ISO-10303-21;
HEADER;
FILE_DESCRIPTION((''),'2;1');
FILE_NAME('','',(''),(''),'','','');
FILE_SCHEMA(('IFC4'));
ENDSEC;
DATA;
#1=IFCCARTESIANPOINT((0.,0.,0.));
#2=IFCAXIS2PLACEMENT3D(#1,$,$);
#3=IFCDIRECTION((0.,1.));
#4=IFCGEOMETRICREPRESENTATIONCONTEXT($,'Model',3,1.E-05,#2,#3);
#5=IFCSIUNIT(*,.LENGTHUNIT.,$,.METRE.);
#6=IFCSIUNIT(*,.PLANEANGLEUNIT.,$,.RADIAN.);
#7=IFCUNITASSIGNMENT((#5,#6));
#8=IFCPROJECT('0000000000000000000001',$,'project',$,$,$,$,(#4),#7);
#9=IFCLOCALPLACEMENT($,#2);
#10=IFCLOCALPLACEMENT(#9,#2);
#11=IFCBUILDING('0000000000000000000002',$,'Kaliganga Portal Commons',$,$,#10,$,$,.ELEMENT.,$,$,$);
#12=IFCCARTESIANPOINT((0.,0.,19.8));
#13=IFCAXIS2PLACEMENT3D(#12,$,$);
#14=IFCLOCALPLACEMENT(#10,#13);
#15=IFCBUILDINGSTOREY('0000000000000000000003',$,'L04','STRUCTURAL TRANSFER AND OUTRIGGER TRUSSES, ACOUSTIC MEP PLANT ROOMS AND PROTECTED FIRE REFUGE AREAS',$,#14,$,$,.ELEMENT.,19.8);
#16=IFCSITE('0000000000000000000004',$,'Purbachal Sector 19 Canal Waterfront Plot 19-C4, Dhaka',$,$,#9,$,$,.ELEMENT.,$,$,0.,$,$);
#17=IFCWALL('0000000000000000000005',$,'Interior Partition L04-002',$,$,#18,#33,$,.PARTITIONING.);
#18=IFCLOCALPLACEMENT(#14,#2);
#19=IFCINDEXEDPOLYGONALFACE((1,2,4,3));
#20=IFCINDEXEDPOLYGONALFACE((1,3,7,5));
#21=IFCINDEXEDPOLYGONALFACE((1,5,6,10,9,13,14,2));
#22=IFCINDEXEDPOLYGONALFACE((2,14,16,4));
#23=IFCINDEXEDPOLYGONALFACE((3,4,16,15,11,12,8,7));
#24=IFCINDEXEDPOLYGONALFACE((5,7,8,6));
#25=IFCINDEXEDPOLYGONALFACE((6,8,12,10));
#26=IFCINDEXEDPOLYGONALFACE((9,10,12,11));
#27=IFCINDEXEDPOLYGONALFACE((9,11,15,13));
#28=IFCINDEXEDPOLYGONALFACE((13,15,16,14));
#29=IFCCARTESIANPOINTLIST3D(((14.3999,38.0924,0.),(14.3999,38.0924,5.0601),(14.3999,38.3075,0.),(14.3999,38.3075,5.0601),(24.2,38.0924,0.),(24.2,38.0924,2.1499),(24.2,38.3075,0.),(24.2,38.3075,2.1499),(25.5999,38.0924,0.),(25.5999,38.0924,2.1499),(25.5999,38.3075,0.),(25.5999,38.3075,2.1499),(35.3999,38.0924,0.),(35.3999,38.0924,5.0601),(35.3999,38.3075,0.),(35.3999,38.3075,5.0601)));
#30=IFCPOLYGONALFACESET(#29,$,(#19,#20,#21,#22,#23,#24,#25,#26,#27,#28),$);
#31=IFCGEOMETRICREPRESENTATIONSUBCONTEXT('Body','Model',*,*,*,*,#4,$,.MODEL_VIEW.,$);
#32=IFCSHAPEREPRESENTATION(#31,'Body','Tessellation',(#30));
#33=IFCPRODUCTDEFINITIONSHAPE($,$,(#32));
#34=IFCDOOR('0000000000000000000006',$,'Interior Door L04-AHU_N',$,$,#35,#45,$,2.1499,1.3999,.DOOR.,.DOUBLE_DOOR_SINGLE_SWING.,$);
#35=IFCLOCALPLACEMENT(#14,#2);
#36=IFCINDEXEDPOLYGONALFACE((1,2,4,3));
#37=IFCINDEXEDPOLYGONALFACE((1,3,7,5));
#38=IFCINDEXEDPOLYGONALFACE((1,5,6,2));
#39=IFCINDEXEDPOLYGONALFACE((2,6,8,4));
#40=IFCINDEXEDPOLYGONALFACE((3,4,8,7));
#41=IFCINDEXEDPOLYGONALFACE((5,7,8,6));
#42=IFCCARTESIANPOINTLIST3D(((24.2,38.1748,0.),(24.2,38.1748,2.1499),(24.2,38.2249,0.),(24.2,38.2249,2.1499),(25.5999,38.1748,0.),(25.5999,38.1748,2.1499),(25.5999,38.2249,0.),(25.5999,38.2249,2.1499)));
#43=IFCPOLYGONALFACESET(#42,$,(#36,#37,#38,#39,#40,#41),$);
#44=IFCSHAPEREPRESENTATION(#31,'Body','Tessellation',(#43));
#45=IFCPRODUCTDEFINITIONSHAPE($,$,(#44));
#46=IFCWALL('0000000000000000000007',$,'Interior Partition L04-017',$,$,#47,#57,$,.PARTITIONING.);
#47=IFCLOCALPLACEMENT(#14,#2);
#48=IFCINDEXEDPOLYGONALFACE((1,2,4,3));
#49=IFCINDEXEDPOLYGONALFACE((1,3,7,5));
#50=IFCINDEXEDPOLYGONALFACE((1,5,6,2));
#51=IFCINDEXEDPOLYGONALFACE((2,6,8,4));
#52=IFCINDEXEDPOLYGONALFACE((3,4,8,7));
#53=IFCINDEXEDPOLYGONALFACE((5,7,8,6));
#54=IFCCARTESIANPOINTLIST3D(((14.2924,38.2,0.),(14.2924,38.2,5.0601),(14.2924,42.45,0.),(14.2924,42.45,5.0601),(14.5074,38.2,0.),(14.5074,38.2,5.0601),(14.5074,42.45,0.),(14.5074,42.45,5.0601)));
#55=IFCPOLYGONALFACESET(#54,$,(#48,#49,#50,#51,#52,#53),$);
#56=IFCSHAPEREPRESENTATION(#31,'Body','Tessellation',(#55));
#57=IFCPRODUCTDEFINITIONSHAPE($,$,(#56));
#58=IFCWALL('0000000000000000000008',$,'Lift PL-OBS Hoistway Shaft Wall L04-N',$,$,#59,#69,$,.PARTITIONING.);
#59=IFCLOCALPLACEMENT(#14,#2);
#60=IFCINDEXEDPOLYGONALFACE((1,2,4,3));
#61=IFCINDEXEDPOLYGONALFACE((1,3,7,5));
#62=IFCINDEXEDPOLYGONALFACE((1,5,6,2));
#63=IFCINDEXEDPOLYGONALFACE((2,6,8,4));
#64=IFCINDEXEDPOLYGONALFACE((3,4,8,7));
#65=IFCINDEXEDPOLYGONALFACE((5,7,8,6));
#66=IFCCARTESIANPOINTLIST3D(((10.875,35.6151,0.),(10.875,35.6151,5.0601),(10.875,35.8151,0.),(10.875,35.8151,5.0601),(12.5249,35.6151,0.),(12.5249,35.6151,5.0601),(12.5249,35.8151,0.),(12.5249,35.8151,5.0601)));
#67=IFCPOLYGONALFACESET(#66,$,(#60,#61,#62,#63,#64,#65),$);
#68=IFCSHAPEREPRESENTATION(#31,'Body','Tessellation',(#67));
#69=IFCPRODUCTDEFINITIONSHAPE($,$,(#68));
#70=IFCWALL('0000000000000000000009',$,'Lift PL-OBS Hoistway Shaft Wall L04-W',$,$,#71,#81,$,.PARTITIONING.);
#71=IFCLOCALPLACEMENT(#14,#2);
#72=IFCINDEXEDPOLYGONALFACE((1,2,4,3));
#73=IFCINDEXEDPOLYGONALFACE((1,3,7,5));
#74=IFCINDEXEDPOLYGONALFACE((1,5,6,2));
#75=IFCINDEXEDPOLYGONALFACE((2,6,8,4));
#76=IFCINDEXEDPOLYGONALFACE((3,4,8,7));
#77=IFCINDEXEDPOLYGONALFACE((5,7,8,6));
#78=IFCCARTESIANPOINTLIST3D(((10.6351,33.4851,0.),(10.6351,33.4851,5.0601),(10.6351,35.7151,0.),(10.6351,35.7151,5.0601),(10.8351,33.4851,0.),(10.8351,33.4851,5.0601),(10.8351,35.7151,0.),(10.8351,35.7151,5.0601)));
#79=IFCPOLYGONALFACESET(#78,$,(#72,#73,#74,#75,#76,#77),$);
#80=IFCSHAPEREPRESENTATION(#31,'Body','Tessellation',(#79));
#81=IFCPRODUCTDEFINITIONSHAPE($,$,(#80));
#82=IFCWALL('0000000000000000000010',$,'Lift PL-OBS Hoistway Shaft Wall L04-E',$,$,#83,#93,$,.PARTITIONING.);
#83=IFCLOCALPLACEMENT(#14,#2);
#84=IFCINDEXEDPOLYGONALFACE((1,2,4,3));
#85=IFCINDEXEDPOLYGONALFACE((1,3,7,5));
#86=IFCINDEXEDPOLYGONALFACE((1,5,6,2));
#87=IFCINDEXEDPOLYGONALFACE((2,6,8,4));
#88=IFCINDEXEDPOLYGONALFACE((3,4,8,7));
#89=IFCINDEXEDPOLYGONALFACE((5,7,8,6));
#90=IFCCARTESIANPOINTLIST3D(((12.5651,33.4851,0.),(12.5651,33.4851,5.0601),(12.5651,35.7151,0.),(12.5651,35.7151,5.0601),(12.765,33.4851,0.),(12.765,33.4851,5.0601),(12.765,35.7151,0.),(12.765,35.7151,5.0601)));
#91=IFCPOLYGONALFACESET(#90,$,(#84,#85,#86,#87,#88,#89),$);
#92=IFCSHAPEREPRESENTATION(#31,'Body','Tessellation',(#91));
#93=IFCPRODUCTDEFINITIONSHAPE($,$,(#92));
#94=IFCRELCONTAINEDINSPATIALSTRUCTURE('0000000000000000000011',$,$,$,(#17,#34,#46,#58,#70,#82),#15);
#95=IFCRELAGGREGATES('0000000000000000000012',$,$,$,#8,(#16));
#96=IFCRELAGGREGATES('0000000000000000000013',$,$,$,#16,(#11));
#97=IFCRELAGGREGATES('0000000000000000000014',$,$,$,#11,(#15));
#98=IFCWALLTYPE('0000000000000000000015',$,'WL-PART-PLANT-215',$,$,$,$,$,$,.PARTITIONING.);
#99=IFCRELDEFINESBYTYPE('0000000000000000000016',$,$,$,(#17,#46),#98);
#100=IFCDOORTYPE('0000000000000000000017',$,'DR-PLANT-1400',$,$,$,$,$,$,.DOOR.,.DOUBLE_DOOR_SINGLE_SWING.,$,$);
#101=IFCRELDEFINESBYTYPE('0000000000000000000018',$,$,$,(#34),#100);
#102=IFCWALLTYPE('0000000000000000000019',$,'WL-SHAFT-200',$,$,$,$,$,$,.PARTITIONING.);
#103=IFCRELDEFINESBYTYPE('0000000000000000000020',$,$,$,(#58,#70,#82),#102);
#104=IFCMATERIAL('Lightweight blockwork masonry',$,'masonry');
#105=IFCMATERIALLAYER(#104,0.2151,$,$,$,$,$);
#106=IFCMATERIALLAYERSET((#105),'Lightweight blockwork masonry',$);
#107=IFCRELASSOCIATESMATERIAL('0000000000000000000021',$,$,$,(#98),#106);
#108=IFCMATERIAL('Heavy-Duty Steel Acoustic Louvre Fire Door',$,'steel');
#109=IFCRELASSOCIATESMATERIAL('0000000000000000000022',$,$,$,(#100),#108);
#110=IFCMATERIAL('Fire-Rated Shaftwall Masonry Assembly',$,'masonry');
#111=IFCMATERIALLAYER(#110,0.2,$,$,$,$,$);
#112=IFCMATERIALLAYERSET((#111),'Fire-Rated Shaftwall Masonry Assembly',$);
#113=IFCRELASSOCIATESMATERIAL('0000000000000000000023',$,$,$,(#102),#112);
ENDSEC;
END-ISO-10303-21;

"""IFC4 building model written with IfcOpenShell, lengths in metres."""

from ifc_helpers import new_model, si_unit, direction, frame, frame_2d, origin, place, context, subcontext, project, spatial, rectangle, extrude, material, layer, layer_set, type_object, element, fill, save


model = new_model("IFC4")

# Units and contexts
model_context = context("Model", 3, precision=1e-05, world=origin(), true_north=direction((0.0, 1.0)))
body_context = subcontext(model_context, "Body", "Model", "MODEL_VIEW")
ifc_project = project(units=[si_unit("LENGTHUNIT", "METRE"), si_unit("PLANEANGLEUNIT", "RADIAN")], contexts=[model_context])

# Site, building, storey
site_placement = place(None, origin())
site = spatial("IfcSite", under=ifc_project, at=site_placement, Name="Purbachal Sector 19 Canal Waterfront Plot 19-C4, Dhaka", CompositionType="ELEMENT", RefElevation=0.0)
building_placement = place(site_placement, origin())
building = spatial("IfcBuilding", under=site, at=building_placement, Name="Kaliganga Portal Commons", CompositionType="ELEMENT")
storey_placement = place(building_placement, frame((0.0, 0.0, 19.8)))
storey = spatial("IfcBuildingStorey", under=building, at=storey_placement, Name="L04", Description="STRUCTURAL TRANSFER AND OUTRIGGER TRUSSES, ACOUSTIC MEP PLANT ROOMS AND PROTECTED FIRE REFUGE AREAS", CompositionType="ELEMENT", Elevation=19.8)

# Wall, opening, door
ifc_material_1 = material(Name="Lightweight blockwork masonry", Category="masonry")
ifc_layer_1 = layer(ifc_material_1, 0.2151)
ifc_layer_set_1 = layer_set([ifc_layer_1], Name="Lightweight blockwork masonry")
wall_type_1 = type_object("IfcWallType", Name="WL-PART-PLANT-215", PredefinedType="PARTITIONING", material=ifc_layer_set_1)
wall_1_placement = place(storey_placement, frame((14.3999, 38.2, 0.0), z_axis=(0.0, 0.0, 1.0), x_axis=(1.0, 0.0, 0.0)))
wall_1 = element("IfcWall", 1, at=wall_1_placement, inside=storey, type_object=wall_type_1, Name="Interior Partition L04-002", PredefinedType="PARTITIONING", context=body_context, shape_type="SweptSolid", body=[
    extrude(rectangle(XDim=21.0, YDim=0.2151, at=frame_2d((10.5, 0.0))), origin(), (0.0, 0.0, 1.0), 5.0601),
])
opening_1_placement = place(wall_1_placement, frame((9.8, 0.0, 0.0)))
opening_1 = element("IfcOpeningElement", 2, at=opening_1_placement, cuts=wall_1, PredefinedType="OPENING", context=body_context, shape_type="SweptSolid", body=[
    extrude(rectangle(XDim=1.3999, YDim=2.1499, at=frame_2d((0.7, 1.075))), frame((0.0, 0.1177, 0.0), z_axis=(0.0, -1.0, 0.0), x_axis=(1.0, 0.0, 0.0)), (0.0, 0.0, 1.0), 0.2351),
])
ifc_material_2 = material(Name="Heavy-Duty Steel Acoustic Louvre Fire Door", Category="steel")
door_type_1 = type_object("IfcDoorType", Name="DR-PLANT-1400", OperationType="DOUBLE_DOOR_SINGLE_SWING", PredefinedType="DOOR", material=ifc_material_2)
door_1_placement = place(opening_1_placement, origin())
door_1 = element("IfcDoor", 3, at=door_1_placement, inside=storey, type_object=door_type_1, Name="Interior Door L04-AHU_N", OperationType="DOUBLE_DOOR_SINGLE_SWING", OverallHeight=2.1499, OverallWidth=1.3999, PredefinedType="DOOR", context=body_context, shape_type="SweptSolid", body=[
    extrude(rectangle(XDim=1.3999, YDim=2.1499, at=frame_2d((0.7, 1.075))), frame((0.0, 0.0249, 0.0), z_axis=(0.0, -1.0, 0.0), x_axis=(1.0, 0.0, 0.0)), (0.0, 0.0, 1.0), 0.05),
])
fill(opening_1, door_1)

# Wall
wall_2_placement = place(storey_placement, frame((14.3999, 38.2, 0.0), z_axis=(0.0, 0.0, 1.0), x_axis=(0.0, 1.0, 0.0)))
element("IfcWall", 4, at=wall_2_placement, inside=storey, type_object=wall_type_1, Name="Interior Partition L04-017", PredefinedType="PARTITIONING", context=body_context, shape_type="SweptSolid", body=[
    extrude(rectangle(XDim=4.25, YDim=0.2151, at=frame_2d((2.125, 0.0))), origin(), (0.0, 0.0, 1.0), 5.0601),
])

# Shared definitions
ifc_material_3 = material(Name="Fire-Rated Shaftwall Masonry Assembly", Category="masonry")
ifc_layer_2 = layer(ifc_material_3, 0.2)
ifc_layer_set_2 = layer_set([ifc_layer_2], Name="Fire-Rated Shaftwall Masonry Assembly")
wall_type_2 = type_object("IfcWallType", Name="WL-SHAFT-200", PredefinedType="PARTITIONING", material=ifc_layer_set_2)

# Walls
wall_3_placement = place(storey_placement, frame((10.875, 35.7151, 0.0), z_axis=(0.0, 0.0, 1.0), x_axis=(1.0, 0.0, 0.0)))
element("IfcWall", 5, at=wall_3_placement, inside=storey, type_object=wall_type_2, Name="Lift PL-OBS Hoistway Shaft Wall L04-N", PredefinedType="PARTITIONING", context=body_context, shape_type="SweptSolid", body=[
    extrude(rectangle(XDim=1.6499, YDim=0.2, at=frame_2d((0.825, 0.0))), origin(), (0.0, 0.0, 1.0), 5.0601),
])
for number, where, z_axis, x_axis, name in (
    (6, (10.7351, 33.4851, 0.0), (0.0, 0.0, 1.0), (0.0, 1.0, 0.0), "Lift PL-OBS Hoistway Shaft Wall L04-W"),
    (7, (12.665, 33.4851, 0.0), (0.0, 0.0, 1.0), (0.0, 1.0, 0.0), "Lift PL-OBS Hoistway Shaft Wall L04-E"),
):
    element("IfcWall", number, at=place(storey_placement, frame(where, z_axis=z_axis, x_axis=x_axis)), inside=storey, type_object=wall_type_2, Name=name, PredefinedType="PARTITIONING", context=body_context, shape_type="SweptSolid", body=[
        extrude(rectangle(XDim=2.23, YDim=0.2, at=frame_2d((1.115, 0.0))), origin(), (0.0, 0.0, 1.0), 5.0601),
    ])

save(model, "model.ifc")
